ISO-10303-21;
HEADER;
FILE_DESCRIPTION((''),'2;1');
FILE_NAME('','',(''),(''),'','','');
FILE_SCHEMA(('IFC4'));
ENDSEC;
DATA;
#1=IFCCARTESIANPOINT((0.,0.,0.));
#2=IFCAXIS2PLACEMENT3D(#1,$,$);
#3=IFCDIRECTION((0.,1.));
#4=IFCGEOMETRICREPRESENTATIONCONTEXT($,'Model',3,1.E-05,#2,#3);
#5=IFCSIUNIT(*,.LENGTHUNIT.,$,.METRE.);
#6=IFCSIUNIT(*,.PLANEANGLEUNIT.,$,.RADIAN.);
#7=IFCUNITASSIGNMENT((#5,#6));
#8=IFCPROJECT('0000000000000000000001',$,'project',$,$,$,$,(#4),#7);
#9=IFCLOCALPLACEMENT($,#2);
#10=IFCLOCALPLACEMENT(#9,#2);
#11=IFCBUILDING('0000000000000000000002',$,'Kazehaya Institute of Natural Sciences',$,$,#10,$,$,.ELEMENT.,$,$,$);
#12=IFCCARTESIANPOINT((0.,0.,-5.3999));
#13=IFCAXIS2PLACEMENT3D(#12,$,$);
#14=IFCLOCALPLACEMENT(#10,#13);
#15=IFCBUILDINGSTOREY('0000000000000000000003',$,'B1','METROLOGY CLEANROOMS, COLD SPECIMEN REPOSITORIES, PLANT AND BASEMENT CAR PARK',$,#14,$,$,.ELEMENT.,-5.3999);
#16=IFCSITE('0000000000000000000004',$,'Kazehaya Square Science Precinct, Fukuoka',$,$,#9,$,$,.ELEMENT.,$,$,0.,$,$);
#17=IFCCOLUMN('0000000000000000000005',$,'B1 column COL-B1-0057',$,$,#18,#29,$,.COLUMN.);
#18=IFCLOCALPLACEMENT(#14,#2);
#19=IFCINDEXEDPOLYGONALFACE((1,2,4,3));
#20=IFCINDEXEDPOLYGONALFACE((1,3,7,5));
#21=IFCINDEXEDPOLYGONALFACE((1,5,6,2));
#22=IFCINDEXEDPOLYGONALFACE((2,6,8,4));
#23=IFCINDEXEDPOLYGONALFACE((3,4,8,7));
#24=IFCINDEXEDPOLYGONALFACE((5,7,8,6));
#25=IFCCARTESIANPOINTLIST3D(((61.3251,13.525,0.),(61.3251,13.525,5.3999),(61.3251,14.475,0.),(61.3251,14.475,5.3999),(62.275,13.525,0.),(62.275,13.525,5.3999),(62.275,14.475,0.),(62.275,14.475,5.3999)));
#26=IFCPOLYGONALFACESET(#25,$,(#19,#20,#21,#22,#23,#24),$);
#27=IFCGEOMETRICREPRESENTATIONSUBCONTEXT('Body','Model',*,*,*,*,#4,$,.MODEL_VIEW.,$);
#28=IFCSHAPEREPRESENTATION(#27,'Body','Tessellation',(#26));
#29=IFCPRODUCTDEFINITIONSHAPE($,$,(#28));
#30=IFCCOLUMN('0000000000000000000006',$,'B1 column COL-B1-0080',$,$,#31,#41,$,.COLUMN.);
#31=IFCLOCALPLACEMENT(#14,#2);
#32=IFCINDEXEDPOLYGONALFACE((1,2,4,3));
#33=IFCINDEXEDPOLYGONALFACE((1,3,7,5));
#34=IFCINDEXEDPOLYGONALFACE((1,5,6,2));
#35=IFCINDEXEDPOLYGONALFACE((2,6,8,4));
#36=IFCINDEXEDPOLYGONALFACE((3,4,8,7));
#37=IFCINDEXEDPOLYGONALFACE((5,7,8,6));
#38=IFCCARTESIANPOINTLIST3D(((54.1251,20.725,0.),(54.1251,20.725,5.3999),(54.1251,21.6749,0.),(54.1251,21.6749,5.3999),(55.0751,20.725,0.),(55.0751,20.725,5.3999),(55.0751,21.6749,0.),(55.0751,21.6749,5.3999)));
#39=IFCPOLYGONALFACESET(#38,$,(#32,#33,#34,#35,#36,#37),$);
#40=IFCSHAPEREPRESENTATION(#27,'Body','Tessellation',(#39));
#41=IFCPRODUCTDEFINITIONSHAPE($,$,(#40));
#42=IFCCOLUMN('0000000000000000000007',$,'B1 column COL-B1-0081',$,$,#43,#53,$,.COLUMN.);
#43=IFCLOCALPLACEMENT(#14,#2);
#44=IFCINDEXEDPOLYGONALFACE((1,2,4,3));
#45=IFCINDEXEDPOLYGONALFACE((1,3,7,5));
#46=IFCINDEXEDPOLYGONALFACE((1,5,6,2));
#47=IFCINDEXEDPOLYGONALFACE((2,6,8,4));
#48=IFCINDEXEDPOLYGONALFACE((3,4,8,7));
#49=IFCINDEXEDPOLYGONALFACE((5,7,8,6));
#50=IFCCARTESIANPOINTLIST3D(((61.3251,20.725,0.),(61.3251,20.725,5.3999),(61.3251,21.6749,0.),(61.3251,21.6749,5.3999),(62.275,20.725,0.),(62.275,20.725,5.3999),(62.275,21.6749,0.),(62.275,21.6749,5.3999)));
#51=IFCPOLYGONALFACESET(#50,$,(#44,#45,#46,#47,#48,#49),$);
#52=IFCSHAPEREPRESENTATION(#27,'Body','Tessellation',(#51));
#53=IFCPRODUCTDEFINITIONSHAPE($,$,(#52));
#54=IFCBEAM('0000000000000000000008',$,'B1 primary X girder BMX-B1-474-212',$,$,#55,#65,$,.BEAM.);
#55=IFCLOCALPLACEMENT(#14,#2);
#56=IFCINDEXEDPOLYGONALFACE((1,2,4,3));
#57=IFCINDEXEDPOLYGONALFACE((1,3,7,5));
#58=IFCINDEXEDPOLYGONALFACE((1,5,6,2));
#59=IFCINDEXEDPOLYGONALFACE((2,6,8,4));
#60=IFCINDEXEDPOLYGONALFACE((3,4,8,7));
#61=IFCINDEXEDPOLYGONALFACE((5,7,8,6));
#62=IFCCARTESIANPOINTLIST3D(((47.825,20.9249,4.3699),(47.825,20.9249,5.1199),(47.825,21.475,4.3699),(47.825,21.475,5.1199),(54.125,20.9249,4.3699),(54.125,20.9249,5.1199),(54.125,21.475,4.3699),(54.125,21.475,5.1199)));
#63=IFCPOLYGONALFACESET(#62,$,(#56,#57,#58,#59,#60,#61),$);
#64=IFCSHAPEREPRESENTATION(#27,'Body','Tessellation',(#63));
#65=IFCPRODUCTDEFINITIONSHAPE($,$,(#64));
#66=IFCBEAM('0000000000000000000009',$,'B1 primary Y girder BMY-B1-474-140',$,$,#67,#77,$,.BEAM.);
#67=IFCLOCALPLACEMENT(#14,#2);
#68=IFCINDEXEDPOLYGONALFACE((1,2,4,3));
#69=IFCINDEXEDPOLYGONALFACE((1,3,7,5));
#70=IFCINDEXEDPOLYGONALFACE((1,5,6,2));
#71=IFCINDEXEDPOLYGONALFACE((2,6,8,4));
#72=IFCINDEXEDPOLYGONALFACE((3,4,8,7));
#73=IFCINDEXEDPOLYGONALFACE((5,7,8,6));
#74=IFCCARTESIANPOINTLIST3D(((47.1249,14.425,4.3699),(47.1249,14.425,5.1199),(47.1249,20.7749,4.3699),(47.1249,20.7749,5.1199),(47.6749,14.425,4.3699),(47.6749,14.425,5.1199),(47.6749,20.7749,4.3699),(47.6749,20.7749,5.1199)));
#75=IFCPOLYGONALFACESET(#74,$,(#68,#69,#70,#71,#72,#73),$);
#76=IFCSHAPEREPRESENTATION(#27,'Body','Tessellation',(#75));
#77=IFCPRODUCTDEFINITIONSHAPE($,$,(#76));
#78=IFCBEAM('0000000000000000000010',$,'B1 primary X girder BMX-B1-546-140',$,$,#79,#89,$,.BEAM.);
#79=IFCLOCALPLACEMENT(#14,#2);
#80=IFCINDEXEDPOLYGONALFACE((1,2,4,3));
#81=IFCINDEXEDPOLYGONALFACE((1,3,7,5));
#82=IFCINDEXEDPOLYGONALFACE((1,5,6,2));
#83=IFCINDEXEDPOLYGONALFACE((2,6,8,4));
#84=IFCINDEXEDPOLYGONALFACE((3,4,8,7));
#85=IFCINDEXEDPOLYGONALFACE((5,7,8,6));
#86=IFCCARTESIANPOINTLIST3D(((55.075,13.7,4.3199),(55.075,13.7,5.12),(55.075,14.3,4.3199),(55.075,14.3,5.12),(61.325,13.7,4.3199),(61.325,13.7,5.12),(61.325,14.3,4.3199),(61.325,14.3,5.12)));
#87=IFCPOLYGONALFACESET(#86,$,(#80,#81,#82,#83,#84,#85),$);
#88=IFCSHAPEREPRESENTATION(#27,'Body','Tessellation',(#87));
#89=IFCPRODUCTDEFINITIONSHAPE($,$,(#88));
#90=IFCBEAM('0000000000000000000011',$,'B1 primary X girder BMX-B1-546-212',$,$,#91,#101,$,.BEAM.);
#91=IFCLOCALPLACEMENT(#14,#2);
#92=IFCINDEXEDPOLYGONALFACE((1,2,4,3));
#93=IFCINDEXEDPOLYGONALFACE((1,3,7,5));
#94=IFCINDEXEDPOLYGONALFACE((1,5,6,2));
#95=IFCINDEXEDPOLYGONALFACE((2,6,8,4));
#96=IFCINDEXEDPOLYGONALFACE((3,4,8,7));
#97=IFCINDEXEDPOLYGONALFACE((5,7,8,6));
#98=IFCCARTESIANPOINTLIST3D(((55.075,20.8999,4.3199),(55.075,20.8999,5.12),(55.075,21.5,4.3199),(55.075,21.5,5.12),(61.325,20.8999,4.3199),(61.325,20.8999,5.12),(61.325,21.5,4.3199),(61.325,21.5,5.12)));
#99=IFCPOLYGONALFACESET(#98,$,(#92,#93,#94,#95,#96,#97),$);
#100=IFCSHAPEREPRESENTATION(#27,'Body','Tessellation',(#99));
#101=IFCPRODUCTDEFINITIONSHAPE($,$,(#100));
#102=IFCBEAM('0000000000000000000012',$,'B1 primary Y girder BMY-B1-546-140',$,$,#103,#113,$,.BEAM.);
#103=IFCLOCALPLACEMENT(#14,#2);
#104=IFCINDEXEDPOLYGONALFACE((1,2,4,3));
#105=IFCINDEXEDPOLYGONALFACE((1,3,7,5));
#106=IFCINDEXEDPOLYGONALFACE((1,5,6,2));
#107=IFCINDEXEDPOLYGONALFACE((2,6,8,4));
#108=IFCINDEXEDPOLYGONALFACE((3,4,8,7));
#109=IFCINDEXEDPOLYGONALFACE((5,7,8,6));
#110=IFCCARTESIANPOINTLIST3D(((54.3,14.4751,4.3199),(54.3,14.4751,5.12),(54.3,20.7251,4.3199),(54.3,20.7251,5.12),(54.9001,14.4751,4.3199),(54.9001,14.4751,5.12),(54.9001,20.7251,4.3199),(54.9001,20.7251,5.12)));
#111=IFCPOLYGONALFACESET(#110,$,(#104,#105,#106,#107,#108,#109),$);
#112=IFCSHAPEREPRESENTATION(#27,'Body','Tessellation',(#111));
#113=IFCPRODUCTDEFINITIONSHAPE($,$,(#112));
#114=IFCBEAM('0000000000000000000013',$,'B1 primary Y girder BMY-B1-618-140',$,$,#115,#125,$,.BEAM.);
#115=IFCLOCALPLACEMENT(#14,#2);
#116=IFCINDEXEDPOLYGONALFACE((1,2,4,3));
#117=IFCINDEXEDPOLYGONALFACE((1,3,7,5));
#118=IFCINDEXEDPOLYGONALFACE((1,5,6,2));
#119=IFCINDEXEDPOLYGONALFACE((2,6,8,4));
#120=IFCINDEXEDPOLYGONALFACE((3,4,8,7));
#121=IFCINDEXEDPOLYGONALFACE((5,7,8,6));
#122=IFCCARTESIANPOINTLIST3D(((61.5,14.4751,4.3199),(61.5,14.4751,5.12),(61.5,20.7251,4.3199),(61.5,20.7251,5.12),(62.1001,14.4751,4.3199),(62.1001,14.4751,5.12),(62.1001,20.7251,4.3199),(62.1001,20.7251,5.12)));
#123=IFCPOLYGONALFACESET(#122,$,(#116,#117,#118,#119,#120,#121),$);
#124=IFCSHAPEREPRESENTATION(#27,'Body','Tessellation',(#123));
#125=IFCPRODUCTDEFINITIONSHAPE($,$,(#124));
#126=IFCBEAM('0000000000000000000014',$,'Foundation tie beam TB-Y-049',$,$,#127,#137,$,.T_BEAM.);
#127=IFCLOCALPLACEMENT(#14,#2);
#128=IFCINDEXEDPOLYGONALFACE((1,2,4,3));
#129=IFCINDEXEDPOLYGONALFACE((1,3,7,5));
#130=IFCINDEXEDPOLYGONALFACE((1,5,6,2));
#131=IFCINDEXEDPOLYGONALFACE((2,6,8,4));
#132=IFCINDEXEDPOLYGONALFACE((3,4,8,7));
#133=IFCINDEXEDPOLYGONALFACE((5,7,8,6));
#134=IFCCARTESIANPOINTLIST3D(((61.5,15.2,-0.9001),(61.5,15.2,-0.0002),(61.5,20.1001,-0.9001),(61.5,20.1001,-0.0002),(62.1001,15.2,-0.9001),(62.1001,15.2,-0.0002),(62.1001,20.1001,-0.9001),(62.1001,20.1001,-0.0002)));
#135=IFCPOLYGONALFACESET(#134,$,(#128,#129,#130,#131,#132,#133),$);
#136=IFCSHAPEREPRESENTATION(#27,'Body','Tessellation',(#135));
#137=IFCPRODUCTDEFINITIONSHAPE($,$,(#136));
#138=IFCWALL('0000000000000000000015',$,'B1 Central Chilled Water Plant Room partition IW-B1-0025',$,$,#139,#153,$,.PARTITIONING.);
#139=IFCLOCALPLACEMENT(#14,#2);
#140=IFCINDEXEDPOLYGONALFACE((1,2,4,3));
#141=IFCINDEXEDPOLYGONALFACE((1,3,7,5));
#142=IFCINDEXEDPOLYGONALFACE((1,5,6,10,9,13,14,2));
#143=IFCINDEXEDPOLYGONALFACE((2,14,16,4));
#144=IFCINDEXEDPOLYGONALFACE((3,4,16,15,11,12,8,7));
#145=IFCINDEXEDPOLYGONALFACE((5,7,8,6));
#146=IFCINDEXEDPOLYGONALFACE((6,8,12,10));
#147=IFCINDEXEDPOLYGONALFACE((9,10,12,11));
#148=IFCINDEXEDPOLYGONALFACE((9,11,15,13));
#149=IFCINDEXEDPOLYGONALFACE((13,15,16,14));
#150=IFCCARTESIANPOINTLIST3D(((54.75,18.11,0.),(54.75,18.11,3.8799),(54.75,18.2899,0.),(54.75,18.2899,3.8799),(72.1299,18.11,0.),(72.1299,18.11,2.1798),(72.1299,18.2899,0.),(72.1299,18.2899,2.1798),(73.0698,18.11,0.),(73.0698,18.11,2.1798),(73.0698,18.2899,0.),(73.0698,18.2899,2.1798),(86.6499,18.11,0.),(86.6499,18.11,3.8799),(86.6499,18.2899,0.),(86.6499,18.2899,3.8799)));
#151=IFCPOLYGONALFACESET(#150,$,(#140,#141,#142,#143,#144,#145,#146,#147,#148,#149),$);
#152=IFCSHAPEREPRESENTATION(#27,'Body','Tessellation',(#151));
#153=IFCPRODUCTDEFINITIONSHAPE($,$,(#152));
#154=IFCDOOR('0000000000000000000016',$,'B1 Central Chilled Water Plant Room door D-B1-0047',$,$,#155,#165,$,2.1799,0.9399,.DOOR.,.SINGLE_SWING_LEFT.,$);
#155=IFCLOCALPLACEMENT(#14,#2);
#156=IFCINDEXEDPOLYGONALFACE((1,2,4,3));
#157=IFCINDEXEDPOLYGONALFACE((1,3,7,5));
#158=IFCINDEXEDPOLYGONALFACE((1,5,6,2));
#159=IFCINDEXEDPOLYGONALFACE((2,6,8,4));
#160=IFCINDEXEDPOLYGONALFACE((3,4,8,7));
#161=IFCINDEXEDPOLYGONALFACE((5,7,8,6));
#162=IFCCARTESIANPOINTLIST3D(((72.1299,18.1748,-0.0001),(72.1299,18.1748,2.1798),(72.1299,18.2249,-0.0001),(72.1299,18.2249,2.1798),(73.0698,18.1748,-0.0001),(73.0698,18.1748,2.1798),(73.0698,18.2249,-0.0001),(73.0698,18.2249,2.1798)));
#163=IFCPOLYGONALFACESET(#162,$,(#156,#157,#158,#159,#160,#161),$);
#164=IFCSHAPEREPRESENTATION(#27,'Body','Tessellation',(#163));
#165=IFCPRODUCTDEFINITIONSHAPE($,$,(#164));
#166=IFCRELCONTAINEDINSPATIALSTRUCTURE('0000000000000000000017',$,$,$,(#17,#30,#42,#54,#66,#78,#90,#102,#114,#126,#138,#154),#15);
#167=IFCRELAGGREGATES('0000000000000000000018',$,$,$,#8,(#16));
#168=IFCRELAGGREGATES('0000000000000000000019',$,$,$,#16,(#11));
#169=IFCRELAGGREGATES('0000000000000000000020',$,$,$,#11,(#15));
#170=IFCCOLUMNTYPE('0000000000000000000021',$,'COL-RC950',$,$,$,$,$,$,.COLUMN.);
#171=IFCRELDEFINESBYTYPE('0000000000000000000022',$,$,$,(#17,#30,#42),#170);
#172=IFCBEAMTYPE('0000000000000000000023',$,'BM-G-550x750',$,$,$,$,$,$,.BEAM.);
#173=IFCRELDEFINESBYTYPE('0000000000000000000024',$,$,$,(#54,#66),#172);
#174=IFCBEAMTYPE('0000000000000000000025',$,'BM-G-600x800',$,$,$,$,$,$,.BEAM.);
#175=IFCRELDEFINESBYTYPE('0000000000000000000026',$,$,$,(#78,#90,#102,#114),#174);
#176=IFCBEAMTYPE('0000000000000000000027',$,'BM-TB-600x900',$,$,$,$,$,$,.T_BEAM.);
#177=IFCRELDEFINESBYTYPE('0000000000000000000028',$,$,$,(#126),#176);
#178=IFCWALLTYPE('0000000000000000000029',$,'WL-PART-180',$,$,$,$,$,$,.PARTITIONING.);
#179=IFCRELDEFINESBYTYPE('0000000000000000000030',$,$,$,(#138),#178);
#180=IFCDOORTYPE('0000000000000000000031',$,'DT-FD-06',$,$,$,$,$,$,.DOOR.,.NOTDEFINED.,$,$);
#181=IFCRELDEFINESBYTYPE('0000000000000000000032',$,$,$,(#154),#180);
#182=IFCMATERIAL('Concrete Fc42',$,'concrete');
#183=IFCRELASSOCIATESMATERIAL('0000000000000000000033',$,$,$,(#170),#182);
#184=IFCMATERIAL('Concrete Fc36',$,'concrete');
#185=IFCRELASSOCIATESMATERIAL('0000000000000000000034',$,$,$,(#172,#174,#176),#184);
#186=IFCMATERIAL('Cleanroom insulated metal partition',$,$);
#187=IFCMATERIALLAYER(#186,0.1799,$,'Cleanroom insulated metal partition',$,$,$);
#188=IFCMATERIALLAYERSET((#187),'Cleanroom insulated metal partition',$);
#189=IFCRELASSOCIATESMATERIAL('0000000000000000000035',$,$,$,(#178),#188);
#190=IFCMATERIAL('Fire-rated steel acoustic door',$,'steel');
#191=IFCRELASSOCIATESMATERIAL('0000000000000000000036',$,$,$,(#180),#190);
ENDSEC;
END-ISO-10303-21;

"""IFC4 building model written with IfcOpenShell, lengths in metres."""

from ifc_helpers import new_model, si_unit, direction, frame, frame_2d, origin, origin_2d, place, context, subcontext, project, spatial, rectangle, extrude, material, layer, layer_set, material_profile, profile_set, type_object, element, fill, save


model = new_model("IFC4")

# Units and contexts
model_context = context("Model", 3, precision=1e-05, world=origin(), true_north=direction((0.0, 1.0)))
body_context = subcontext(model_context, "Body", "Model", "MODEL_VIEW")
ifc_project = project(units=[si_unit("LENGTHUNIT", "METRE"), si_unit("PLANEANGLEUNIT", "RADIAN")], contexts=[model_context])

# Site, building, storey
site_placement = place(None, origin())
site = spatial("IfcSite", under=ifc_project, at=site_placement, Name="Kazehaya Square Science Precinct, Fukuoka", CompositionType="ELEMENT", RefElevation=0.0)
building_placement = place(site_placement, origin())
building = spatial("IfcBuilding", under=site, at=building_placement, Name="Kazehaya Institute of Natural Sciences", CompositionType="ELEMENT")
storey_placement = place(building_placement, frame((0.0, 0.0, -5.3999)))
storey = spatial("IfcBuildingStorey", under=building, at=storey_placement, Name="B1", Description="METROLOGY CLEANROOMS, COLD SPECIMEN REPOSITORIES, PLANT AND BASEMENT CAR PARK", CompositionType="ELEMENT", Elevation=-5.3999)

# Shared definitions
ifc_material_1 = material(Name="Concrete Fc36", Category="concrete")

# Columns
ifc_material_2 = material(Name="Concrete Fc42", Category="concrete")
ifc_material_profile_1 = material_profile(ifc_material_2, rectangle(XDim=0.95, YDim=0.95, at=origin_2d()), Name="RC-950x950")
ifc_profile_set_1 = profile_set([ifc_material_profile_1], Name="Concrete Fc42")
column_type_1 = type_object("IfcColumnType", Name="COL-RC950", PredefinedType="COLUMN", material=ifc_profile_set_1)
for number, where, z_axis, x_axis, name in (
    (1, (61.8, 14.0, 0.0), (0.0, 0.0, 1.0), (1.0, 0.0, 0.0), "B1 column COL-B1-0057"),
    (2, (54.6001, 21.2, 0.0), (0.0, 0.0, 1.0), (1.0, 0.0, 0.0), "B1 column COL-B1-0080"),
    (3, (61.8, 21.2, 0.0), (0.0, 0.0, 1.0), (1.0, 0.0, 0.0), "B1 column COL-B1-0081"),
):
    element("IfcColumn", number, at=place(storey_placement, frame(where, z_axis=z_axis, x_axis=x_axis)), inside=storey, type_object=column_type_1, Name=name, PredefinedType="COLUMN", context=body_context, shape_type="SweptSolid", body=[
        extrude(rectangle(XDim=0.95, YDim=0.95, at=origin_2d()), origin(), (0.0, 0.0, 1.0), 5.3999),
    ])

# Beams
ifc_material_profile_2 = material_profile(ifc_material_1, rectangle(XDim=0.55, YDim=0.75, at=origin_2d()), Name="RC-550x750")
ifc_profile_set_2 = profile_set([ifc_material_profile_2], Name="Concrete Fc36")
beam_type_1 = type_object("IfcBeamType", Name="BM-G-550x750", PredefinedType="BEAM", material=ifc_profile_set_2)
beam_1_placement = place(storey_placement, frame((47.825, 21.2, 4.7449), z_axis=(1.0, 0.0, 0.0), x_axis=(0.0, 1.0, 0.0)))
element("IfcBeam", 4, at=beam_1_placement, inside=storey, type_object=beam_type_1, Name="B1 primary X girder BMX-B1-474-212", PredefinedType="BEAM", context=body_context, shape_type="SweptSolid", body=[
    extrude(rectangle(XDim=0.55, YDim=0.75, at=origin_2d()), origin(), (0.0, 0.0, 1.0), 6.3),
])
beam_2_placement = place(storey_placement, frame((47.3999, 14.425, 4.7449), z_axis=(0.0, 1.0, 0.0), x_axis=(-1.0, 0.0, 0.0)))
element("IfcBeam", 5, at=beam_2_placement, inside=storey, type_object=beam_type_1, Name="B1 primary Y girder BMY-B1-474-140", PredefinedType="BEAM", context=body_context, shape_type="SweptSolid", body=[
    extrude(rectangle(XDim=0.55, YDim=0.75, at=origin_2d()), origin(), (0.0, 0.0, 1.0), 6.3499),
])
ifc_material_profile_3 = material_profile(ifc_material_1, rectangle(XDim=0.6001, YDim=0.8, at=origin_2d()), Name="RC-600x800")
ifc_profile_set_3 = profile_set([ifc_material_profile_3], Name="Concrete Fc36")
beam_type_2 = type_object("IfcBeamType", Name="BM-G-600x800", PredefinedType="BEAM", material=ifc_profile_set_3)
for number, where, z_axis, x_axis, name in (
    (6, (55.075, 14.0, 4.72), (1.0, 0.0, 0.0), (0.0, 1.0, 0.0), "B1 primary X girder BMX-B1-546-140"),
    (7, (55.075, 21.2, 4.72), (1.0, 0.0, 0.0), (0.0, 1.0, 0.0), "B1 primary X girder BMX-B1-546-212"),
    (8, (54.6001, 14.4751, 4.72), (0.0, 1.0, 0.0), (-1.0, 0.0, 0.0), "B1 primary Y girder BMY-B1-546-140"),
    (9, (61.8, 14.4751, 4.72), (0.0, 1.0, 0.0), (-1.0, 0.0, 0.0), "B1 primary Y girder BMY-B1-618-140"),
):
    element("IfcBeam", number, at=place(storey_placement, frame(where, z_axis=z_axis, x_axis=x_axis)), inside=storey, type_object=beam_type_2, Name=name, PredefinedType="BEAM", context=body_context, shape_type="SweptSolid", body=[
        extrude(rectangle(XDim=0.6001, YDim=0.8, at=origin_2d()), origin(), (0.0, 0.0, 1.0), 6.25),
    ])
ifc_material_profile_4 = material_profile(ifc_material_1, rectangle(XDim=0.6001, YDim=0.8999, at=origin_2d()), Name="RC-600x900")
ifc_profile_set_4 = profile_set([ifc_material_profile_4], Name="Concrete Fc36")
beam_type_3 = type_object("IfcBeamType", Name="BM-TB-600x900", PredefinedType="T_BEAM", material=ifc_profile_set_4)
beam_3_placement = place(storey_placement, frame((61.8, 15.2, -0.4502), z_axis=(0.0, 1.0, 0.0), x_axis=(-1.0, 0.0, 0.0)))
element("IfcBeam", 10, at=beam_3_placement, inside=storey, type_object=beam_type_3, Name="Foundation tie beam TB-Y-049", PredefinedType="T_BEAM", context=body_context, shape_type="SweptSolid", body=[
    extrude(rectangle(XDim=0.6001, YDim=0.8999, at=origin_2d()), origin(), (0.0, 0.0, 1.0), 4.9001),
])

# Wall, opening, door
ifc_material_3 = material(Name="Cleanroom insulated metal partition")
ifc_layer_1 = layer(ifc_material_3, 0.1799, Name="Cleanroom insulated metal partition")
ifc_layer_set_1 = layer_set([ifc_layer_1], Name="Cleanroom insulated metal partition")
wall_type_1 = type_object("IfcWallType", Name="WL-PART-180", PredefinedType="PARTITIONING", material=ifc_layer_set_1)
wall_1_placement = place(storey_placement, frame((54.75, 18.2, 0.0), z_axis=(0.0, 0.0, 1.0), x_axis=(1.0, 0.0, 0.0)))
wall_1 = element("IfcWall", 11, at=wall_1_placement, inside=storey, type_object=wall_type_1, Name="B1 Central Chilled Water Plant Room partition IW-B1-0025", PredefinedType="PARTITIONING", context=body_context, shape_type="SweptSolid", body=[
    extrude(rectangle(XDim=31.8999, YDim=0.1799, at=frame_2d((15.95, 0.0))), origin(), (0.0, 0.0, 1.0), 3.8799),
])
opening_1_placement = place(wall_1_placement, frame((17.3799, 0.0, 0.0)))
opening_1 = element("IfcOpeningElement", 12, at=opening_1_placement, cuts=wall_1, PredefinedType="OPENING", context=body_context, shape_type="SweptSolid", body=[
    extrude(rectangle(XDim=0.9399, YDim=2.1799, at=frame_2d((0.47, 1.0898))), frame((0.0, 0.0999, 0.0), z_axis=(0.0, -1.0, 0.0), x_axis=(1.0, 0.0, 0.0)), (0.0, 0.0, 1.0), 0.2),
])
ifc_material_4 = material(Name="Fire-rated steel acoustic door", Category="steel")
door_type_1 = type_object("IfcDoorType", Name="DT-FD-06", OperationType="NOTDEFINED", PredefinedType="DOOR", material=ifc_material_4)
door_1_placement = place(opening_1_placement, origin())
door_1 = element("IfcDoor", 13, at=door_1_placement, inside=storey, type_object=door_type_1, Name="B1 Central Chilled Water Plant Room door D-B1-0047", OperationType="SINGLE_SWING_LEFT", OverallHeight=2.1799, OverallWidth=0.9399, PredefinedType="DOOR", context=body_context, shape_type="SweptSolid", body=[
    extrude(rectangle(XDim=0.9399, YDim=2.1799, at=frame_2d((0.47, 1.0898))), frame((0.0, 0.0249, 0.0), z_axis=(0.0, -1.0, 0.0), x_axis=(1.0, 0.0, 0.0)), (0.0, 0.0, 1.0), 0.05),
])
fill(opening_1, door_1)

save(model, "model.ifc")
